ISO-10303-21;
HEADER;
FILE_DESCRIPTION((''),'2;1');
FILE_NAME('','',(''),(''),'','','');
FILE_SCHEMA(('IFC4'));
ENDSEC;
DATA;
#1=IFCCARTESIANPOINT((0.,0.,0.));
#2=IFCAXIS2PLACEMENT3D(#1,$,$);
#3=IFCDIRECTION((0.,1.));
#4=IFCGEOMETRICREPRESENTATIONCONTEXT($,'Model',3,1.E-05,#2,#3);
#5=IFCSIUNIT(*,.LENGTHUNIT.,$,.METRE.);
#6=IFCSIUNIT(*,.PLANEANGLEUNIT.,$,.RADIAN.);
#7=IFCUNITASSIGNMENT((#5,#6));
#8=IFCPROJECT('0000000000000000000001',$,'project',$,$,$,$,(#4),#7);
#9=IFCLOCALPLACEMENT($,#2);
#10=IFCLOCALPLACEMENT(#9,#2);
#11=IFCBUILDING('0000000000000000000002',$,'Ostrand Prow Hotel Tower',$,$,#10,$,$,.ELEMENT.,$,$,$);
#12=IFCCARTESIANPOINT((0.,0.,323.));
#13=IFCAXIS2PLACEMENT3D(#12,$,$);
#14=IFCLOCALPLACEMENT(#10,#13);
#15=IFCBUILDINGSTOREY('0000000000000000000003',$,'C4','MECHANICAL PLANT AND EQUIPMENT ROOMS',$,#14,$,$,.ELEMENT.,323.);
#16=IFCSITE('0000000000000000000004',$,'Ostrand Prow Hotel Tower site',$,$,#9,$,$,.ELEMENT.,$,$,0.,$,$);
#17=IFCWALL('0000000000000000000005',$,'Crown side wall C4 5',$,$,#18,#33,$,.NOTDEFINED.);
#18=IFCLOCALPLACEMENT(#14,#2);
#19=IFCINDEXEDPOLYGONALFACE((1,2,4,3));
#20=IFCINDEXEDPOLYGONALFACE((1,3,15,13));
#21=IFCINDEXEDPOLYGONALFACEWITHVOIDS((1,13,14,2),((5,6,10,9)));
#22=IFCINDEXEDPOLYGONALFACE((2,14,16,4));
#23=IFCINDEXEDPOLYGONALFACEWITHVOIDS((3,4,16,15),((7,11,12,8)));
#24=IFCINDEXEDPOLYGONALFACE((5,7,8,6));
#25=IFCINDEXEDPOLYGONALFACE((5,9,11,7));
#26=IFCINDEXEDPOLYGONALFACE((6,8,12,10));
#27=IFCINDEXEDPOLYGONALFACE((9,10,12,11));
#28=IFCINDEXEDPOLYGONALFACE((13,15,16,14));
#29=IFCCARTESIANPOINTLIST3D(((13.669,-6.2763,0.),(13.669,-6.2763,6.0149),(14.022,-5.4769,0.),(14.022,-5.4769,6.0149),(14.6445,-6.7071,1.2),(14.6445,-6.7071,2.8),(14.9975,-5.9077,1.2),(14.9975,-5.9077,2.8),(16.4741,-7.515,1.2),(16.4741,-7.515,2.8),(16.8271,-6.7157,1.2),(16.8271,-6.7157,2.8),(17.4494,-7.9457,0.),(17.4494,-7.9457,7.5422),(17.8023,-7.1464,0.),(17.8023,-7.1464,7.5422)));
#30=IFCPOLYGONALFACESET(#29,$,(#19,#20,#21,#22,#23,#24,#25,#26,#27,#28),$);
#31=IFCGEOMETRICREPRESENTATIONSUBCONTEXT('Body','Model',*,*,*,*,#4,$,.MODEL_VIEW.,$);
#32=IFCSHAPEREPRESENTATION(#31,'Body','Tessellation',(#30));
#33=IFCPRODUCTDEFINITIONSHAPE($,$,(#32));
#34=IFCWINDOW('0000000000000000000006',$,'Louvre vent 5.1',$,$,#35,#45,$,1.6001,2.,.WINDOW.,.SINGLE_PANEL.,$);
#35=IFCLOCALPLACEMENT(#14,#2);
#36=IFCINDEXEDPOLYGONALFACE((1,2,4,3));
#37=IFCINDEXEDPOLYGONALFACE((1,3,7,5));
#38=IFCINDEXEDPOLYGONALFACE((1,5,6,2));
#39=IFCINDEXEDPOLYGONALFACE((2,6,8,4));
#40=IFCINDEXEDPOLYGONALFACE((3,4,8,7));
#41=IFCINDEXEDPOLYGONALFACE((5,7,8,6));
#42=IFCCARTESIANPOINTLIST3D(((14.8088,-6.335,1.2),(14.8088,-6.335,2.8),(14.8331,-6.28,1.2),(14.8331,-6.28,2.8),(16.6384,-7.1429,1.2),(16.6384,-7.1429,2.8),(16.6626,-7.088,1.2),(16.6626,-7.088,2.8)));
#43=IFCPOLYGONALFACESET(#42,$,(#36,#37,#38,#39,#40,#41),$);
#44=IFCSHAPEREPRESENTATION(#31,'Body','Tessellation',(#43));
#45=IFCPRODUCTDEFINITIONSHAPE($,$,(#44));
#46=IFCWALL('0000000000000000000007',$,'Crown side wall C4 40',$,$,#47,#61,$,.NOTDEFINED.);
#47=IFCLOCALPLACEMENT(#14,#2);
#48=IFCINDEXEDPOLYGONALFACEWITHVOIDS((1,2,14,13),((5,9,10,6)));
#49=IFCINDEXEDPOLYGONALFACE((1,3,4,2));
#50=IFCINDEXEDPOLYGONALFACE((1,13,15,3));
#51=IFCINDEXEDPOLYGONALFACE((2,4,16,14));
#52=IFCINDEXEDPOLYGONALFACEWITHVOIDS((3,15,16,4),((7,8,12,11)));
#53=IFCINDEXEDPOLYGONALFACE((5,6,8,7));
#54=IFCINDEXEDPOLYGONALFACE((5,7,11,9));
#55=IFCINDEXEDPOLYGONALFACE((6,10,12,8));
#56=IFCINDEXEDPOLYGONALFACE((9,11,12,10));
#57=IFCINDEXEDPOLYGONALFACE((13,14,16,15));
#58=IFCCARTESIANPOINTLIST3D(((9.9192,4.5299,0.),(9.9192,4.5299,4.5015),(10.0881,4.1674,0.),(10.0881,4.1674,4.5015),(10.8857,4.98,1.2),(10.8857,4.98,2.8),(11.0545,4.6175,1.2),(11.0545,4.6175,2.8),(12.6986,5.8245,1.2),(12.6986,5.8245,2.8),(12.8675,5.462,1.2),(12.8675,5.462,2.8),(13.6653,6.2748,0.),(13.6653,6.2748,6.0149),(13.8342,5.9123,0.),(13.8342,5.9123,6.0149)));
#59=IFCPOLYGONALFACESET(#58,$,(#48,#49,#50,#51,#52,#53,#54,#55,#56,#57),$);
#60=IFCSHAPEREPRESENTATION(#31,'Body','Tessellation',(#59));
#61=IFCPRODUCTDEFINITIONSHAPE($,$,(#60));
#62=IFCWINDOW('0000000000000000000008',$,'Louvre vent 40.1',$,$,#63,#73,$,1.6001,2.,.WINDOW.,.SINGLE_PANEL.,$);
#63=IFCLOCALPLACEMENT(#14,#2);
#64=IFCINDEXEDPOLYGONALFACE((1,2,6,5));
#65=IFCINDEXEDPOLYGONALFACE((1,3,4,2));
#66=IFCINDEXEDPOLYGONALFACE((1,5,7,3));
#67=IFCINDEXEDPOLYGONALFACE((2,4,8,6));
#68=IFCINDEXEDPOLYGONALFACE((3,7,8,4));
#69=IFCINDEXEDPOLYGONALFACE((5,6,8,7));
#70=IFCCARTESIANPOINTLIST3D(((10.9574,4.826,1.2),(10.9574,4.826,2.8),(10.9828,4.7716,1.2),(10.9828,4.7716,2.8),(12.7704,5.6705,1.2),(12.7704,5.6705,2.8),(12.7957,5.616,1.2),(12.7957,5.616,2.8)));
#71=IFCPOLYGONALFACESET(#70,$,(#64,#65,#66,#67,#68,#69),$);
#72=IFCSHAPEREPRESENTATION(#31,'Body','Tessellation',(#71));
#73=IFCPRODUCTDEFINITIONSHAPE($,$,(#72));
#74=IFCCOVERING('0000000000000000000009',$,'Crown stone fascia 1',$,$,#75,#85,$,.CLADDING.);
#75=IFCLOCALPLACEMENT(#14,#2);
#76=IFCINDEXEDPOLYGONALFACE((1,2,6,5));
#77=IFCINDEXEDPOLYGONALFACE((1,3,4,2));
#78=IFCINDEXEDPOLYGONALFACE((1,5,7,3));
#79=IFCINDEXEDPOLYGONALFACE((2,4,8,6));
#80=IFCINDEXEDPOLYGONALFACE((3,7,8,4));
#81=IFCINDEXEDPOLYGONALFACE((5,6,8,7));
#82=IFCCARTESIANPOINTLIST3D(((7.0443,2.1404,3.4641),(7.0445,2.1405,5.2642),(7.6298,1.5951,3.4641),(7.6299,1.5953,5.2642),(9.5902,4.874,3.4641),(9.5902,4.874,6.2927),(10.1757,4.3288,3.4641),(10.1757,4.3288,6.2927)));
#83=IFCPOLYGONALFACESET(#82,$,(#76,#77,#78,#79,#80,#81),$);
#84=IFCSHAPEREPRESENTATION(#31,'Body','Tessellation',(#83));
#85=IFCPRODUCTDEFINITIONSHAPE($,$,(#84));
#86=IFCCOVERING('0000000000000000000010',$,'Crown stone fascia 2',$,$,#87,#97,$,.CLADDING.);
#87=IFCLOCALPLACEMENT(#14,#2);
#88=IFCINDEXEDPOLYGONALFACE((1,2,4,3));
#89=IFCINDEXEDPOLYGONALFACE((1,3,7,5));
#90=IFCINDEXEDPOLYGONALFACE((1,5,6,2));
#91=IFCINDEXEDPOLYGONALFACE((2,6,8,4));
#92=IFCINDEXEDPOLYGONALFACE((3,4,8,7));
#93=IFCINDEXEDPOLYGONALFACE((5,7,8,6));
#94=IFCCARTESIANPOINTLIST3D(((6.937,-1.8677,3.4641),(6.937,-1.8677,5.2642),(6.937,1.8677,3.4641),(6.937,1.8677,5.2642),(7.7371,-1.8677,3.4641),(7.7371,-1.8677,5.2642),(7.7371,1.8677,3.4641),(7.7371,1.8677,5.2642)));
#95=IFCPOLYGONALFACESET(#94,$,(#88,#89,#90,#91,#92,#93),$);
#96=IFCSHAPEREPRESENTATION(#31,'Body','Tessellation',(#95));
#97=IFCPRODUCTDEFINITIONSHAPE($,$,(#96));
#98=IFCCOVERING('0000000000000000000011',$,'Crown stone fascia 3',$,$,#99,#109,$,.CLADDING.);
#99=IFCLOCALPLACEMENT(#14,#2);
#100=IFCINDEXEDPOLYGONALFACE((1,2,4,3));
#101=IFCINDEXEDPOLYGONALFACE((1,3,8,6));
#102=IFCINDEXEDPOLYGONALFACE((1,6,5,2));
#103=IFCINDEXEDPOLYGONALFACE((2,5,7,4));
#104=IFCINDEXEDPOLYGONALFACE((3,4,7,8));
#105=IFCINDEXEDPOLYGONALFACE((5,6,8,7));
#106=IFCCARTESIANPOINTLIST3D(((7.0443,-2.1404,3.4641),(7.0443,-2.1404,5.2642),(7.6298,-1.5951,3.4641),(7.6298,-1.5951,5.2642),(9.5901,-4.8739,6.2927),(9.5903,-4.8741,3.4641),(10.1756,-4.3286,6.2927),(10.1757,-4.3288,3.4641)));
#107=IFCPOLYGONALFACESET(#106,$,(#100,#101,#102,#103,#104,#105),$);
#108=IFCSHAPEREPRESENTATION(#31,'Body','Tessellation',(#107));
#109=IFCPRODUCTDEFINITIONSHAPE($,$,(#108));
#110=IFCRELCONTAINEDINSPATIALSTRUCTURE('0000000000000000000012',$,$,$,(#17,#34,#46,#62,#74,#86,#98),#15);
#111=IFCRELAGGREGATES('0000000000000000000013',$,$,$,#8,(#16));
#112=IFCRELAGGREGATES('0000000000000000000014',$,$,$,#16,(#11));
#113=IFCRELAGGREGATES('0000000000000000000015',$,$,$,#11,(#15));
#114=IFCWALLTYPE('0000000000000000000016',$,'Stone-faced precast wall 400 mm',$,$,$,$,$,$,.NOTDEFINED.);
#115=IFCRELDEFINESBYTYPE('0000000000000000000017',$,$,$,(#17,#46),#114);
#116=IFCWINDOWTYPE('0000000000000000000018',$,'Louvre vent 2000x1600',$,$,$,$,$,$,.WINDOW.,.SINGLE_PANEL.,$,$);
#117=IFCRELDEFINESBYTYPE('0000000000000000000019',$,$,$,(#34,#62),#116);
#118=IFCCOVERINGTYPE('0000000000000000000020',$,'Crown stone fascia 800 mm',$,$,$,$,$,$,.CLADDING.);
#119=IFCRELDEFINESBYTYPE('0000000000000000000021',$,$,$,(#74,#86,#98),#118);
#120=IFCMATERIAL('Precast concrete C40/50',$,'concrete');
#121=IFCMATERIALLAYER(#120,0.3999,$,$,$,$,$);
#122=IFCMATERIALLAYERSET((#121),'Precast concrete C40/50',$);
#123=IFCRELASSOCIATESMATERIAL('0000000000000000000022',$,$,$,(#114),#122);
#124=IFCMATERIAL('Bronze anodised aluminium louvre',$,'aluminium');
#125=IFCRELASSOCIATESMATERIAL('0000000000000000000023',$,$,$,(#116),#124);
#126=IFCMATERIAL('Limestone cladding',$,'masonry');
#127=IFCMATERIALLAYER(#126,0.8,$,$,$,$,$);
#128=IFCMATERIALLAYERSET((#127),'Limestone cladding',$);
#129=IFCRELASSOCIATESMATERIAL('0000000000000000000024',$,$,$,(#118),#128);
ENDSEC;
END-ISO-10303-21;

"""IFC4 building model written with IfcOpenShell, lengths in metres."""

from ifc_helpers import new_model, si_unit, direction, frame, frame_2d, origin, place, context, subcontext, project, spatial, polyline, rectangle, outline, extrude, material, layer, layer_set, type_object, element, fill, save


model = new_model("IFC4")

# Units and contexts
model_context = context("Model", 3, precision=1e-05, world=origin(), true_north=direction((0.0, 1.0)))
body_context = subcontext(model_context, "Body", "Model", "MODEL_VIEW")
ifc_project = project(units=[si_unit("LENGTHUNIT", "METRE"), si_unit("PLANEANGLEUNIT", "RADIAN")], contexts=[model_context])

# Site, building, storey
site_placement = place(None, origin())
site = spatial("IfcSite", under=ifc_project, at=site_placement, Name="Ostrand Prow Hotel Tower site", CompositionType="ELEMENT", RefElevation=0.0)
building_placement = place(site_placement, origin())
building = spatial("IfcBuilding", under=site, at=building_placement, Name="Ostrand Prow Hotel Tower", CompositionType="ELEMENT")
storey_placement = place(building_placement, frame((0.0, 0.0, 323.0)))
storey = spatial("IfcBuildingStorey", under=building, at=storey_placement, Name="C4", Description="MECHANICAL PLANT AND EQUIPMENT ROOMS", CompositionType="ELEMENT", Elevation=323.0)

# Shared definitions
ifc_material_1 = material(Name="Precast concrete C40/50", Category="concrete")
ifc_layer_1 = layer(ifc_material_1, 0.3999)
ifc_layer_set_1 = layer_set([ifc_layer_1], Name="Precast concrete C40/50")
wall_type_1 = type_object("IfcWallType", Name="Stone-faced precast wall 400 mm", PredefinedType="NOTDEFINED", material=ifc_layer_set_1)

# Walls, openings, windows
ifc_material_2 = material(Name="Bronze anodised aluminium louvre", Category="aluminium")
window_type = type_object("IfcWindowType", Name="Louvre vent 2000x1600", PartitioningType="SINGLE_PANEL", PredefinedType="WINDOW", material=ifc_material_2)
wall_1_placement = place(storey_placement, frame((13.8455, -5.8767, 0.0), z_axis=(0.0, 0.0, 1.0), x_axis=(0.914769, -0.403978, 0.0)))
wall_1 = element("IfcWall", 1, at=wall_1_placement, inside=storey, type_object=wall_type_1, Name="Crown side wall C4 5", PredefinedType="NOTDEFINED", context=body_context, shape_type="SweptSolid", body=[
    extrude(outline(polyline([(0.0, 0.0), (4.1326, 0.0), (4.1326, 7.5422), (0.0, 6.0149), (0.0, 0.0)])), frame((0.0, 0.437, 0.0), z_axis=(0.0, -1.0, 0.0), x_axis=(1.0, 0.0, 0.0)), (0.0, 0.0, 1.0), 0.8738),
])
opening_1_placement = place(wall_1_placement, frame((1.0664, 0.0, 1.2)))
opening_1 = element("IfcOpeningElement", 2, at=opening_1_placement, cuts=wall_1, PredefinedType="OPENING", context=body_context, shape_type="SweptSolid", body=[
    extrude(rectangle(XDim=2.0, YDim=1.6001, at=frame_2d((1.0, 0.8))), frame((0.0, 0.4468, 0.0), z_axis=(0.0, -1.0, 0.0), x_axis=(1.0, 0.0, 0.0)), (0.0, 0.0, 1.0), 0.8938),
])
window_1_placement = place(opening_1_placement, origin())
window_1 = element("IfcWindow", 3, at=window_1_placement, inside=storey, type_object=window_type, Name="Louvre vent 5.1", OverallHeight=1.6001, OverallWidth=2.0, PartitioningType="SINGLE_PANEL", PredefinedType="WINDOW", context=body_context, shape_type="SweptSolid", body=[
    extrude(rectangle(XDim=2.0, YDim=1.6001, at=frame_2d((1.0, 0.8))), frame((0.0, 0.03, 0.0), z_axis=(0.0, -1.0, 0.0), x_axis=(1.0, 0.0, 0.0)), (0.0, 0.0, 1.0), 0.0601),
])
fill(opening_1, window_1)
wall_2_placement = place(storey_placement, frame((13.7498, 6.0935, 0.0), z_axis=(0.0, 0.0, 1.0), x_axis=(-0.906489, -0.422229, 0.0)))
wall_2 = element("IfcWall", 4, at=wall_2_placement, inside=storey, type_object=wall_type_1, Name="Crown side wall C4 40", PredefinedType="NOTDEFINED", context=body_context, shape_type="SweptSolid", body=[
    extrude(outline(polyline([(0.0, 0.0), (4.1326, 0.0), (4.1326, 4.5015), (0.0, 6.0149), (0.0, 0.0)])), frame((0.0, 0.2, 0.0), z_axis=(0.0, -1.0, 0.0), x_axis=(1.0, 0.0, 0.0)), (0.0, 0.0, 1.0), 0.3999),
])
opening_2_placement = place(wall_2_placement, frame((1.0664, 0.0, 1.2)))
opening_2 = element("IfcOpeningElement", 5, at=opening_2_placement, cuts=wall_2, PredefinedType="OPENING", context=body_context, shape_type="SweptSolid", body=[
    extrude(rectangle(XDim=2.0, YDim=1.6001, at=frame_2d((1.0, 0.8))), frame((0.0, 0.21, 0.0), z_axis=(0.0, -1.0, 0.0), x_axis=(1.0, 0.0, 0.0)), (0.0, 0.0, 1.0), 0.4199),
])
window_2_placement = place(opening_2_placement, origin())
window_2 = element("IfcWindow", 6, at=window_2_placement, inside=storey, type_object=window_type, Name="Louvre vent 40.1", OverallHeight=1.6001, OverallWidth=2.0, PartitioningType="SINGLE_PANEL", PredefinedType="WINDOW", context=body_context, shape_type="SweptSolid", body=[
    extrude(rectangle(XDim=2.0, YDim=1.6001, at=frame_2d((1.0, 0.8))), frame((0.0, 0.03, 0.0), z_axis=(0.0, -1.0, 0.0), x_axis=(1.0, 0.0, 0.0)), (0.0, 0.0, 1.0), 0.0601),
])
fill(opening_2, window_2)

# Coverings
ifc_material_3 = material(Name="Limestone cladding", Category="masonry")
ifc_layer_2 = layer(ifc_material_3, 0.8)
ifc_layer_set_2 = layer_set([ifc_layer_2], Name="Limestone cladding")
covering_type = type_object("IfcCoveringType", Name="Crown stone fascia 800 mm", PredefinedType="CLADDING", material=ifc_layer_set_2)
covering_1_placement = place(storey_placement, frame((9.8831, 4.6013, 3.4641), z_axis=(0.0, 0.0, 1.0), x_axis=(-0.681531, -0.731789, 0.0)))
element("IfcCovering", 7, at=covering_1_placement, inside=storey, type_object=covering_type, Name="Crown stone fascia 1", PredefinedType="CLADDING", context=body_context, shape_type="SweptSolid", body=[
    extrude(outline(polyline([(0.0, 0.0), (3.7356, 0.0), (3.7354, 1.8), (0.0, 2.8286), (0.0, 0.0)])), frame((0.0, 0.3999, 0.0), z_axis=(0.0, -1.0, 0.0), x_axis=(1.0, 0.0, 0.0)), (0.0, 0.0, 1.0), 0.8),
])
covering_2_placement = place(storey_placement, frame((7.3372, 1.8677, 3.4641), z_axis=(0.0, 0.0, 1.0), x_axis=(0.0, -1.0, 0.0)))
element("IfcCovering", 8, at=covering_2_placement, inside=storey, type_object=covering_type, Name="Crown stone fascia 2", PredefinedType="CLADDING", context=body_context, shape_type="SweptSolid", body=[
    extrude(outline(polyline([(0.0, 0.0), (3.7354, 0.0), (3.7354, 1.8), (0.0, 1.8), (0.0, 0.0)])), frame((0.0, 0.3999, 0.0), z_axis=(0.0, -1.0, 0.0), x_axis=(1.0, 0.0, 0.0)), (0.0, 0.0, 1.0), 0.8),
])
covering_3_placement = place(storey_placement, frame((7.3372, -1.8677, 3.4641), z_axis=(0.0, 0.0, 1.0), x_axis=(0.681531, -0.731789, 0.0)))
element("IfcCovering", 9, at=covering_3_placement, inside=storey, type_object=covering_type, Name="Crown stone fascia 3", PredefinedType="CLADDING", context=body_context, shape_type="SweptSolid", body=[
    extrude(outline(polyline([(0.0, 0.0), (3.7356, 0.0), (3.7354, 2.8286), (0.0, 1.8), (0.0, 0.0)])), frame((0.0, 0.3999, 0.0), z_axis=(0.0, -1.0, 0.0), x_axis=(1.0, 0.0, 0.0)), (0.0, 0.0, 1.0), 0.8),
])

save(model, "model.ifc")
